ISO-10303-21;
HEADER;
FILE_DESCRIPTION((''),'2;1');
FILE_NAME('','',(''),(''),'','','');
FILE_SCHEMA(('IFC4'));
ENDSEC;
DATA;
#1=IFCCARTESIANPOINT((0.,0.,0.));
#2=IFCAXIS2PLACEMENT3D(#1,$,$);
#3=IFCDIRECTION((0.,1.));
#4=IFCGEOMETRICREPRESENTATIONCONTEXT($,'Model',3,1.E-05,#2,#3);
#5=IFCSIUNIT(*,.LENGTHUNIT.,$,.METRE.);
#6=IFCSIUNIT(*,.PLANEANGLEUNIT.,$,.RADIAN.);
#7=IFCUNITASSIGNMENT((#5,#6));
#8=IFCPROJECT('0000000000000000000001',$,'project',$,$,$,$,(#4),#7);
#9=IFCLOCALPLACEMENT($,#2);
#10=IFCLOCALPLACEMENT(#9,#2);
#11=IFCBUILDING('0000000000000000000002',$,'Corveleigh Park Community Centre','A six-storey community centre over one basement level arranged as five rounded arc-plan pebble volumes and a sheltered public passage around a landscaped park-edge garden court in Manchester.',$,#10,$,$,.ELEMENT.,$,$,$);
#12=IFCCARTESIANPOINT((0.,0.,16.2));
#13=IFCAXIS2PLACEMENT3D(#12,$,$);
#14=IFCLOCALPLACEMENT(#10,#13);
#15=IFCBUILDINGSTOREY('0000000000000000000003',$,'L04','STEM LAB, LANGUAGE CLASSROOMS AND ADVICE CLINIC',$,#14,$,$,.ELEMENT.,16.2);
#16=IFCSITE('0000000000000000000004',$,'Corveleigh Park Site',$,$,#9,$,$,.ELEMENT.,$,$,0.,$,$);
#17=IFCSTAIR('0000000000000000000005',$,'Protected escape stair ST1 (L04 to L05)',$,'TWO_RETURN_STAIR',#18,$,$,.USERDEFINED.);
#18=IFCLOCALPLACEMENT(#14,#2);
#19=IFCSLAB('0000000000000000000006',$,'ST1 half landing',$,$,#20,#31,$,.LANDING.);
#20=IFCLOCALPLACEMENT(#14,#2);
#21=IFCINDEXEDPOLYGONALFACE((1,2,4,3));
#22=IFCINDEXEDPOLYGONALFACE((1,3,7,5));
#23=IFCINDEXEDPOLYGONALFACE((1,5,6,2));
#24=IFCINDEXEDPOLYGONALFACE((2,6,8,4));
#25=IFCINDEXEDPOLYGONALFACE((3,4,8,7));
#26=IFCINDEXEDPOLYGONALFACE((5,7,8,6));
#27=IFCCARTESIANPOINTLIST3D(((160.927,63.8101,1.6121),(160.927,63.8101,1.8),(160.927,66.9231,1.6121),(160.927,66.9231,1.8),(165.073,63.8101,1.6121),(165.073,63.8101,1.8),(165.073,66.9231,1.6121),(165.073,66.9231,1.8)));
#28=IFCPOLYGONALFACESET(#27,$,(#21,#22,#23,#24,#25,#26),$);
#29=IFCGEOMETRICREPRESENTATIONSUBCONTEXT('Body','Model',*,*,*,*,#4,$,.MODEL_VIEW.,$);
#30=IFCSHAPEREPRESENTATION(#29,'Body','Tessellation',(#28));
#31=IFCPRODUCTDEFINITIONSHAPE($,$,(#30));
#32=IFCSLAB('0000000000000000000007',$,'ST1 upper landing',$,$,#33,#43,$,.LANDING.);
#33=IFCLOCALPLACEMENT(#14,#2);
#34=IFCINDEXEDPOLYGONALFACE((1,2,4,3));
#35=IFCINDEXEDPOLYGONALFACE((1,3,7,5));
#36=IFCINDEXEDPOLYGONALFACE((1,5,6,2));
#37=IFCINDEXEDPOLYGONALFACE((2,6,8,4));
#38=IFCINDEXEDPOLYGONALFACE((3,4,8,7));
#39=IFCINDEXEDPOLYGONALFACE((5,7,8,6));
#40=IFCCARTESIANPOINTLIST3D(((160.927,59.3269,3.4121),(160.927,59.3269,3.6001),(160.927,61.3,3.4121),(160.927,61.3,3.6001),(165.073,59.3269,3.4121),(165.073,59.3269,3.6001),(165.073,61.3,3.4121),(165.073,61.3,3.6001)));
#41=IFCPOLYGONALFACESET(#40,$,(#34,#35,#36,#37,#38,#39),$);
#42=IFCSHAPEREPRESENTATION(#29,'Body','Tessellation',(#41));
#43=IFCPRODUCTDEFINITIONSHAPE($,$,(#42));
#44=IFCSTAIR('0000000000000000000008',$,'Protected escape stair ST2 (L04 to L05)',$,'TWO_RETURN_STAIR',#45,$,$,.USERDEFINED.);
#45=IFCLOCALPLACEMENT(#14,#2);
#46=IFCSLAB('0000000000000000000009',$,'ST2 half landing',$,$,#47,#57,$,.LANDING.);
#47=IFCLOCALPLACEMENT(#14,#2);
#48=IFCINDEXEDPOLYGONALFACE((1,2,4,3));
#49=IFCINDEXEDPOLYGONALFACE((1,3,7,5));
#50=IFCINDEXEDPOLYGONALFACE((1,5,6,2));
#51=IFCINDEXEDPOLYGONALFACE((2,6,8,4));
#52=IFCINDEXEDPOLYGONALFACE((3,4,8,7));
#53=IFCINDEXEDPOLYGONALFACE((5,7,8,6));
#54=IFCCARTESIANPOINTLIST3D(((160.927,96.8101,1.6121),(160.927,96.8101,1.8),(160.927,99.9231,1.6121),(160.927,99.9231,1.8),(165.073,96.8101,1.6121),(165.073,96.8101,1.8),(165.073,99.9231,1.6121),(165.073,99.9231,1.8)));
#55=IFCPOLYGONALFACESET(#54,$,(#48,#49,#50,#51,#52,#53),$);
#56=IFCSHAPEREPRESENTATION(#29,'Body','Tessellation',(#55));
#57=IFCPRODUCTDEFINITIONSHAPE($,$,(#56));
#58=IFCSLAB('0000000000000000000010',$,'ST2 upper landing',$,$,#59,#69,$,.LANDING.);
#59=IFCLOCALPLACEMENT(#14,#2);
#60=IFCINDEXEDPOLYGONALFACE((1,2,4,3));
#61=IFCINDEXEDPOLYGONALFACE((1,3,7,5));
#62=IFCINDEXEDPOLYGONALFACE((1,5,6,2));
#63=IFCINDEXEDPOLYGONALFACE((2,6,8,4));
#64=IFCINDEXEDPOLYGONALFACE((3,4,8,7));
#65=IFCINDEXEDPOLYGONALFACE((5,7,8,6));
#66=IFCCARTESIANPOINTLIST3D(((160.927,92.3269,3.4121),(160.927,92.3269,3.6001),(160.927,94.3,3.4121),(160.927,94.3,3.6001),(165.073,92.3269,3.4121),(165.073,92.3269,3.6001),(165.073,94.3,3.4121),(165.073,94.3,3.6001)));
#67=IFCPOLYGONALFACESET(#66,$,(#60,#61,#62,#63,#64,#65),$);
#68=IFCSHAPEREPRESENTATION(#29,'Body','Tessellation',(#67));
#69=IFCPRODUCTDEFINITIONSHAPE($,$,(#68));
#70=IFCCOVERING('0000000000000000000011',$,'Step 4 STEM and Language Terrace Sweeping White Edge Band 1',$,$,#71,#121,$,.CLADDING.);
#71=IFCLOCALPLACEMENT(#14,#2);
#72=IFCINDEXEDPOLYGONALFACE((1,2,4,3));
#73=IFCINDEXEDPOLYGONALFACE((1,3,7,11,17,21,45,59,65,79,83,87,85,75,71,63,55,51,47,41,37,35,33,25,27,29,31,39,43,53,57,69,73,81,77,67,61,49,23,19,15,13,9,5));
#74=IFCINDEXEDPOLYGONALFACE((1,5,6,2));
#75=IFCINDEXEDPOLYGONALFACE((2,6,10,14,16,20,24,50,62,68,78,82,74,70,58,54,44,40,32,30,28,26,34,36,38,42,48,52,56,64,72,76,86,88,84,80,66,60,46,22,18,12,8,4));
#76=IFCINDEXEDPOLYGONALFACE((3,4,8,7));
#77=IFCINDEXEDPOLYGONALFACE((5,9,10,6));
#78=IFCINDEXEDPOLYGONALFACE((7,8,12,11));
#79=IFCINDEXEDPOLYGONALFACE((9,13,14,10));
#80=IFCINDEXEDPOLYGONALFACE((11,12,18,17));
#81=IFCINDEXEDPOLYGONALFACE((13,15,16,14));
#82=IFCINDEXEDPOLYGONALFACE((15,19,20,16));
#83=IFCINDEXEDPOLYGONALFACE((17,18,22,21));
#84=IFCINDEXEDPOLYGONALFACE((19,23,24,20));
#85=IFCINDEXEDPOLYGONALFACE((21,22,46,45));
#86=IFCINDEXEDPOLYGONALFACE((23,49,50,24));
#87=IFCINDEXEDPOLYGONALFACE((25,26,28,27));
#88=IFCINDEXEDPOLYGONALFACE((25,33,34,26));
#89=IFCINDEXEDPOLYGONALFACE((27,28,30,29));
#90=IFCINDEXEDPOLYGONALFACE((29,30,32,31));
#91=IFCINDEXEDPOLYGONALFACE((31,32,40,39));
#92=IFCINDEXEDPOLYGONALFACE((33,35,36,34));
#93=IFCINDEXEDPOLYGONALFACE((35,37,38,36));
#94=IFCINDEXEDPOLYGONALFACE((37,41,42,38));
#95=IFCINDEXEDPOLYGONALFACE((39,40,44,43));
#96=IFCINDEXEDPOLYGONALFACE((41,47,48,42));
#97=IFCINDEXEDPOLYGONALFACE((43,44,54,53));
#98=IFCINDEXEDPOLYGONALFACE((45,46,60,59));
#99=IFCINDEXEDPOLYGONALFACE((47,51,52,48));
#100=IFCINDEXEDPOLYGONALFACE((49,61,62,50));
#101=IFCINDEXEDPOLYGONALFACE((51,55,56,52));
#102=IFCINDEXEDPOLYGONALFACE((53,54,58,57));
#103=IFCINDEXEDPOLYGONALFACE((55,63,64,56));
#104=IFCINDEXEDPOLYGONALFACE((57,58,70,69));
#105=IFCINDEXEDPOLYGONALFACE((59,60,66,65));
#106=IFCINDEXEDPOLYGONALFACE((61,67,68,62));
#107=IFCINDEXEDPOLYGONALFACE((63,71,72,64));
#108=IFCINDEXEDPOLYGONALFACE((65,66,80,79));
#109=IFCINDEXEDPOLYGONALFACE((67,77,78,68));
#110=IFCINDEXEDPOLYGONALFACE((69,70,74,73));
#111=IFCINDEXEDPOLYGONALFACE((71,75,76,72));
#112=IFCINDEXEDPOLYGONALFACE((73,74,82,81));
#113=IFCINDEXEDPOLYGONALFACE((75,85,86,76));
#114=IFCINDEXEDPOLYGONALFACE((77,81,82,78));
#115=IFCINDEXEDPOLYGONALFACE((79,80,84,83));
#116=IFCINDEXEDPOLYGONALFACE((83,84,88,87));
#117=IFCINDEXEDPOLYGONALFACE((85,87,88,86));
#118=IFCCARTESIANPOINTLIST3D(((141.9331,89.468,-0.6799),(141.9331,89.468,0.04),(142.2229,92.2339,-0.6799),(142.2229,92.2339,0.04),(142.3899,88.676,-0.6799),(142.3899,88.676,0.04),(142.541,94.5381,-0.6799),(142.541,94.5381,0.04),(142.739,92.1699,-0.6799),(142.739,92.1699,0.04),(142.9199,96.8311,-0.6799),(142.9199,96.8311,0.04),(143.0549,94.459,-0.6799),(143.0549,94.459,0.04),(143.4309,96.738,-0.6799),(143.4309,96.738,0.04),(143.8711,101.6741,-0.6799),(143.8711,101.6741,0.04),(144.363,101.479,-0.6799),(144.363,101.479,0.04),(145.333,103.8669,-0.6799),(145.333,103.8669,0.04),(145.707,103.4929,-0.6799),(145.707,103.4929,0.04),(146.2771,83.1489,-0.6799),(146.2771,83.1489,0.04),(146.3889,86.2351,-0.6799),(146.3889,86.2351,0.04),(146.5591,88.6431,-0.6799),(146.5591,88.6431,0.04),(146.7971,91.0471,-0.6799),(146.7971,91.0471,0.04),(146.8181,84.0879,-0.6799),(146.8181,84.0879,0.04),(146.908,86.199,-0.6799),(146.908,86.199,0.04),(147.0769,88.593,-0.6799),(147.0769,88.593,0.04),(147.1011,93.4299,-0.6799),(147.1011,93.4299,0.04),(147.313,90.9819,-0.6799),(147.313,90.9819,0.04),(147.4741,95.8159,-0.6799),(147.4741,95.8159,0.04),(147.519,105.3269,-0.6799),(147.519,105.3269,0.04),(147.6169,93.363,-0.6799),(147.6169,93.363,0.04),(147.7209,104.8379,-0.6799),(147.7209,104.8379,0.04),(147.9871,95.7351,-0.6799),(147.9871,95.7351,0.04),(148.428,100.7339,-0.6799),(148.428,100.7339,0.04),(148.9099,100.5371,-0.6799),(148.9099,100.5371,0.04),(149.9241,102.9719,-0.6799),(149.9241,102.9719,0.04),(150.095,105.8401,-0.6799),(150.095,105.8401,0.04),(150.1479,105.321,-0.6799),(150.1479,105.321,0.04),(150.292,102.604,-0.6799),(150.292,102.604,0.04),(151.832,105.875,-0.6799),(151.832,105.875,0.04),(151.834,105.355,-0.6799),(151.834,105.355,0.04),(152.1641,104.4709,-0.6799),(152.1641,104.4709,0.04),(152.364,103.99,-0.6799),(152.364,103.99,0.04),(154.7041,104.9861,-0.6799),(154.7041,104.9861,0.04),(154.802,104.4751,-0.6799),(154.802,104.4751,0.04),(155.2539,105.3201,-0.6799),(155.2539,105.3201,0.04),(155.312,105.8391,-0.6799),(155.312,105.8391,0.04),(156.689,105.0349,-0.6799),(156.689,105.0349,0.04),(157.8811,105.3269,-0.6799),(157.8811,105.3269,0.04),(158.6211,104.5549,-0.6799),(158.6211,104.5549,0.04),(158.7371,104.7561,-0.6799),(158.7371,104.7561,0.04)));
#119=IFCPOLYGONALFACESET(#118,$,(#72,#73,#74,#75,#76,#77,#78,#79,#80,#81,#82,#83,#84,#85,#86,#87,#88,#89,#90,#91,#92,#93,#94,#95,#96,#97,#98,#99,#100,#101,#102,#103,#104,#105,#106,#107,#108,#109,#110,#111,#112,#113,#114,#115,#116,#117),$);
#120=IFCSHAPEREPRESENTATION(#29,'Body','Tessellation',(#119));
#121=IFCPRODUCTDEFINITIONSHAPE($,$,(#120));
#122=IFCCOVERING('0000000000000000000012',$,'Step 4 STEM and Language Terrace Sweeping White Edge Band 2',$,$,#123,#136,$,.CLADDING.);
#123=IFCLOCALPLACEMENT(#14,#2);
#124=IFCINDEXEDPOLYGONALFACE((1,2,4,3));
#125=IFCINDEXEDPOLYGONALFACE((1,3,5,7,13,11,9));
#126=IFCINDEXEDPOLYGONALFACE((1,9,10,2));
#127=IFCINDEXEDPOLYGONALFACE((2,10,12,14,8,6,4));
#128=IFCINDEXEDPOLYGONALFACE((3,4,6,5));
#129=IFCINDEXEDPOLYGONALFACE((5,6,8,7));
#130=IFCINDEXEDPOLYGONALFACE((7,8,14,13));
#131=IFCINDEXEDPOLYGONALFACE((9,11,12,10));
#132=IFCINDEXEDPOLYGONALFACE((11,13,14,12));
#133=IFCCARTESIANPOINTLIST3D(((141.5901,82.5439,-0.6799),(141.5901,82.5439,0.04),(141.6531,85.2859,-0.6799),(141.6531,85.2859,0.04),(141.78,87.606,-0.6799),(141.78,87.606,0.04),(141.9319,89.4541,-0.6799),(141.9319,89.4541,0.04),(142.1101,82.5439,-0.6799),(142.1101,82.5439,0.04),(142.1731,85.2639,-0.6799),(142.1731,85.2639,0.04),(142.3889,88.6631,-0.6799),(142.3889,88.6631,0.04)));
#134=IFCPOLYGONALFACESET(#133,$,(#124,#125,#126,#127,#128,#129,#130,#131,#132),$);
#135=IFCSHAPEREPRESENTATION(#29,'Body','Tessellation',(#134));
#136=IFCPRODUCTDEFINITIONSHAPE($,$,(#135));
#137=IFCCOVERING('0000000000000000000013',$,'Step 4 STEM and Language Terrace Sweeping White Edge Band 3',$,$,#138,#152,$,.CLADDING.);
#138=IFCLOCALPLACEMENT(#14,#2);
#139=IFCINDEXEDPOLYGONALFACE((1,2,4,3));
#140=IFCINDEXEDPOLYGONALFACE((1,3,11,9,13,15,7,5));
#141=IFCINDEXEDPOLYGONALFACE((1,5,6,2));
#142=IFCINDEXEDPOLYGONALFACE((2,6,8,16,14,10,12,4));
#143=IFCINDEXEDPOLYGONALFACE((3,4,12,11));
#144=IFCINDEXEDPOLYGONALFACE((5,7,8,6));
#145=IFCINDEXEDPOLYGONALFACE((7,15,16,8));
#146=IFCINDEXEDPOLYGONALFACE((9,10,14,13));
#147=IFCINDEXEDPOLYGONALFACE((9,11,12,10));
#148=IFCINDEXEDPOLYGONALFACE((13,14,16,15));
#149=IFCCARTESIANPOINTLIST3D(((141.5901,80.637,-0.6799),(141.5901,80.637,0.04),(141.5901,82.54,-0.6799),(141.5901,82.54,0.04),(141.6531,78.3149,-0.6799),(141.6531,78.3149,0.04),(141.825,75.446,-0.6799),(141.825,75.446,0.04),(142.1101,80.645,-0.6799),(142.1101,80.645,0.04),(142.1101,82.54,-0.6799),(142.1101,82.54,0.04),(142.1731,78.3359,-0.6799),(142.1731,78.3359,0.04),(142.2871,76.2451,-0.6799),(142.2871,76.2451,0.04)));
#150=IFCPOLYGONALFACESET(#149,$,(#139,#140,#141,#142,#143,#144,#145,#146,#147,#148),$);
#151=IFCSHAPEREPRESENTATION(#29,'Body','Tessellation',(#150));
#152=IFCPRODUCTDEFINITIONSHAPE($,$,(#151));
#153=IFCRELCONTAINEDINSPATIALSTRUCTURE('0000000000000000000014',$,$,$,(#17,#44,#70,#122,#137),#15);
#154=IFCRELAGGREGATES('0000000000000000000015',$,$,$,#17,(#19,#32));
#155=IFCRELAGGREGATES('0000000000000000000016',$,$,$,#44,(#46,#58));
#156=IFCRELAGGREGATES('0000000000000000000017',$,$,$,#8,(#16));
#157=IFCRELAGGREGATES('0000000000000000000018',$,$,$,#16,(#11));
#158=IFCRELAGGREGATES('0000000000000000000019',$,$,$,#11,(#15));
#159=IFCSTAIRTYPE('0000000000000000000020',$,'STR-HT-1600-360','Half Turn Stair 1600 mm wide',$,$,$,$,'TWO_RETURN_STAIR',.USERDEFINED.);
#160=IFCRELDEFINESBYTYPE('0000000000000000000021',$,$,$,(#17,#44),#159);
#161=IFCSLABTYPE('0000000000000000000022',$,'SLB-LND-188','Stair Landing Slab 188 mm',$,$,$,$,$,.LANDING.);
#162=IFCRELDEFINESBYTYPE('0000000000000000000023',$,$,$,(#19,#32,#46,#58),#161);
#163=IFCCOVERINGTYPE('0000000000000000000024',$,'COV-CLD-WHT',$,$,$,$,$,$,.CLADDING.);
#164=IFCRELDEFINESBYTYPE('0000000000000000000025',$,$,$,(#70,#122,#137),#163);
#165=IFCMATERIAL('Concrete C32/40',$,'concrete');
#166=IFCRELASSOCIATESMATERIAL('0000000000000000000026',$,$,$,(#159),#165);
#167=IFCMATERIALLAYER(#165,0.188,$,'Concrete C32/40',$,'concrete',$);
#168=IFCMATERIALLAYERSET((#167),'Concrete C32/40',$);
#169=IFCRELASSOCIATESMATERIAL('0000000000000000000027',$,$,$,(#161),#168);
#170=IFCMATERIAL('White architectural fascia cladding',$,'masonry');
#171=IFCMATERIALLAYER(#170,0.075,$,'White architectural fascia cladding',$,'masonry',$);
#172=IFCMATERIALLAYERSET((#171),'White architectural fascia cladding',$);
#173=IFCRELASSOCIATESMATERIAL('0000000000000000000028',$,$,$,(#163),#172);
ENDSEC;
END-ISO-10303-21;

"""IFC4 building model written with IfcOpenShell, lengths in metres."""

from ifc_helpers import new_model, si_unit, direction, frame, origin, place, context, subcontext, project, spatial, polyline, outline, extrude, material, layer, layer_set, type_object, element, aggregate, save


model = new_model("IFC4")

# Units and contexts
model_context = context("Model", 3, precision=1e-05, world=origin(), true_north=direction((0.0, 1.0)))
body_context = subcontext(model_context, "Body", "Model", "MODEL_VIEW")
ifc_project = project(units=[si_unit("LENGTHUNIT", "METRE"), si_unit("PLANEANGLEUNIT", "RADIAN")], contexts=[model_context])

# Site, building, storey
site_placement = place(None, origin())
site = spatial("IfcSite", under=ifc_project, at=site_placement, Name="Corveleigh Park Site", CompositionType="ELEMENT", RefElevation=0.0)
building_placement = place(site_placement, origin())
building = spatial("IfcBuilding", under=site, at=building_placement, Name="Corveleigh Park Community Centre", Description="A six-storey community centre over one basement level arranged as five rounded arc-plan pebble volumes and a sheltered public passage around a landscaped park-edge garden court in Manchester.", CompositionType="ELEMENT")
storey_placement = place(building_placement, frame((0.0, 0.0, 16.2)))
storey = spatial("IfcBuildingStorey", under=building, at=storey_placement, Name="L04", Description="STEM LAB, LANGUAGE CLASSROOMS AND ADVICE CLINIC", CompositionType="ELEMENT", Elevation=16.2)

# Stairs, slabs
ifc_material_1 = material(Name="Concrete C32/40", Category="concrete")
stair_type = type_object("IfcStairType", Name="STR-HT-1600-360", Description="Half Turn Stair 1600 mm wide", ElementType="TWO_RETURN_STAIR", PredefinedType="USERDEFINED", material=ifc_material_1)
stair_1_placement = place(storey_placement, origin())
stair_1 = element("IfcStair", 1, at=stair_1_placement, inside=storey, type_object=stair_type, Name="Protected escape stair ST1 (L04 to L05)", ObjectType="TWO_RETURN_STAIR", PredefinedType="USERDEFINED")
ifc_layer_1 = layer(ifc_material_1, 0.188, Name="Concrete C32/40", Category="concrete")
ifc_layer_set_1 = layer_set([ifc_layer_1], Name="Concrete C32/40")
slab_type = type_object("IfcSlabType", Name="SLB-LND-188", Description="Stair Landing Slab 188 mm", PredefinedType="LANDING", material=ifc_layer_set_1)
slab_1_placement = place(storey_placement, frame((0.0, 0.0, 1.6121)))
slab_1 = element("IfcSlab", 2, at=slab_1_placement, type_object=slab_type, Name="ST1 half landing", PredefinedType="LANDING", context=body_context, shape_type="SweptSolid", body=[
    extrude(outline(polyline([(160.927, 63.8101), (165.073, 63.8101), (165.073, 66.9231), (160.927, 66.9231), (160.927, 63.8101)])), origin(), (0.0, 0.0, 1.0), 0.188),
])
slab_2_placement = place(storey_placement, frame((0.0, 0.0, 3.4121)))
slab_2 = element("IfcSlab", 3, at=slab_2_placement, type_object=slab_type, Name="ST1 upper landing", PredefinedType="LANDING", context=body_context, shape_type="SweptSolid", body=[
    extrude(outline(polyline([(160.927, 59.3269), (165.073, 59.3269), (165.073, 61.3), (160.927, 61.3), (160.927, 59.3269)])), origin(), (0.0, 0.0, 1.0), 0.188),
])
aggregate(stair_1, [slab_1, slab_2])
stair_2_placement = place(storey_placement, origin())
stair_2 = element("IfcStair", 4, at=stair_2_placement, inside=storey, type_object=stair_type, Name="Protected escape stair ST2 (L04 to L05)", ObjectType="TWO_RETURN_STAIR", PredefinedType="USERDEFINED")
slab_3_placement = place(storey_placement, frame((0.0, 0.0, 1.6121)))
slab_3 = element("IfcSlab", 5, at=slab_3_placement, type_object=slab_type, Name="ST2 half landing", PredefinedType="LANDING", context=body_context, shape_type="SweptSolid", body=[
    extrude(outline(polyline([(160.927, 96.8101), (165.073, 96.8101), (165.073, 99.9231), (160.927, 99.9231), (160.927, 96.8101)])), origin(), (0.0, 0.0, 1.0), 0.188),
])
slab_4_placement = place(storey_placement, frame((0.0, 0.0, 3.4121)))
slab_4 = element("IfcSlab", 6, at=slab_4_placement, type_object=slab_type, Name="ST2 upper landing", PredefinedType="LANDING", context=body_context, shape_type="SweptSolid", body=[
    extrude(outline(polyline([(160.927, 92.3269), (165.073, 92.3269), (165.073, 94.3), (160.927, 94.3), (160.927, 92.3269)])), origin(), (0.0, 0.0, 1.0), 0.188),
])
aggregate(stair_2, [slab_3, slab_4])

# Coverings
ifc_material_2 = material(Name="White architectural fascia cladding", Category="masonry")
ifc_layer_2 = layer(ifc_material_2, 0.075, Name="White architectural fascia cladding", Category="masonry")
ifc_layer_set_2 = layer_set([ifc_layer_2], Name="White architectural fascia cladding")
covering_type_1 = type_object("IfcCoveringType", Name="COV-CLD-WHT", PredefinedType="CLADDING", material=ifc_layer_set_2)
covering_1_placement = place(storey_placement, frame((0.0, 0.0, -0.6799)))
element("IfcCovering", 7, at=covering_1_placement, inside=storey, type_object=covering_type_1, Name="Step 4 STEM and Language Terrace Sweeping White Edge Band 1", PredefinedType="CLADDING", context=body_context, shape_type="SweptSolid", body=[
    extrude(outline(polyline([(141.9331, 89.468), (142.2229, 92.2339), (142.541, 94.5381), (142.9199, 96.8311), (143.8711, 101.6741), (145.333, 103.8669), (147.519, 105.3269), (150.095, 105.8401), (151.832, 105.875), (155.312, 105.8391), (157.8811, 105.3269), (158.7371, 104.7561), (158.6211, 104.5549), (154.802, 104.4751), (152.364, 103.99), (150.292, 102.604), (148.9099, 100.5371), (147.9871, 95.7351), (147.6169, 93.363), (147.313, 90.9819), (147.0769, 88.593), (146.908, 86.199), (146.8181, 84.0879), (146.2771, 83.1489), (146.3889, 86.2351), (146.5591, 88.6431), (146.7971, 91.0471), (147.1011, 93.4299), (147.4741, 95.8159), (148.428, 100.7339), (149.9241, 102.9719), (152.1641, 104.4709), (154.7041, 104.9861), (156.689, 105.0349), (155.2539, 105.3201), (151.834, 105.355), (150.1479, 105.321), (147.7209, 104.8379), (145.707, 103.4929), (144.363, 101.479), (143.4309, 96.738), (143.0549, 94.459), (142.739, 92.1699), (142.3899, 88.676), (141.9331, 89.468)])), origin(), (0.0, 0.0, 1.0), 0.72),
])
covering_2_placement = place(storey_placement, frame((0.0, 0.0, -0.6799)))
element("IfcCovering", 8, at=covering_2_placement, inside=storey, type_object=covering_type_1, Name="Step 4 STEM and Language Terrace Sweeping White Edge Band 2", PredefinedType="CLADDING", context=body_context, shape_type="SweptSolid", body=[
    extrude(outline(polyline([(141.5901, 82.5439), (141.6531, 85.2859), (141.78, 87.606), (141.9319, 89.4541), (142.3889, 88.6631), (142.1731, 85.2639), (142.1101, 82.5439), (141.5901, 82.5439)])), origin(), (0.0, 0.0, 1.0), 0.72),
])
covering_3_placement = place(storey_placement, frame((0.0, 0.0, -0.6799)))
element("IfcCovering", 9, at=covering_3_placement, inside=storey, type_object=covering_type_1, Name="Step 4 STEM and Language Terrace Sweeping White Edge Band 3", PredefinedType="CLADDING", context=body_context, shape_type="SweptSolid", body=[
    extrude(outline(polyline([(141.825, 75.446), (141.6531, 78.3149), (141.5901, 80.637), (141.5901, 82.54), (142.1101, 82.54), (142.1101, 80.645), (142.1731, 78.3359), (142.2871, 76.2451), (141.825, 75.446)])), origin(), (0.0, 0.0, 1.0), 0.72),
])

save(model, "model.ifc")
